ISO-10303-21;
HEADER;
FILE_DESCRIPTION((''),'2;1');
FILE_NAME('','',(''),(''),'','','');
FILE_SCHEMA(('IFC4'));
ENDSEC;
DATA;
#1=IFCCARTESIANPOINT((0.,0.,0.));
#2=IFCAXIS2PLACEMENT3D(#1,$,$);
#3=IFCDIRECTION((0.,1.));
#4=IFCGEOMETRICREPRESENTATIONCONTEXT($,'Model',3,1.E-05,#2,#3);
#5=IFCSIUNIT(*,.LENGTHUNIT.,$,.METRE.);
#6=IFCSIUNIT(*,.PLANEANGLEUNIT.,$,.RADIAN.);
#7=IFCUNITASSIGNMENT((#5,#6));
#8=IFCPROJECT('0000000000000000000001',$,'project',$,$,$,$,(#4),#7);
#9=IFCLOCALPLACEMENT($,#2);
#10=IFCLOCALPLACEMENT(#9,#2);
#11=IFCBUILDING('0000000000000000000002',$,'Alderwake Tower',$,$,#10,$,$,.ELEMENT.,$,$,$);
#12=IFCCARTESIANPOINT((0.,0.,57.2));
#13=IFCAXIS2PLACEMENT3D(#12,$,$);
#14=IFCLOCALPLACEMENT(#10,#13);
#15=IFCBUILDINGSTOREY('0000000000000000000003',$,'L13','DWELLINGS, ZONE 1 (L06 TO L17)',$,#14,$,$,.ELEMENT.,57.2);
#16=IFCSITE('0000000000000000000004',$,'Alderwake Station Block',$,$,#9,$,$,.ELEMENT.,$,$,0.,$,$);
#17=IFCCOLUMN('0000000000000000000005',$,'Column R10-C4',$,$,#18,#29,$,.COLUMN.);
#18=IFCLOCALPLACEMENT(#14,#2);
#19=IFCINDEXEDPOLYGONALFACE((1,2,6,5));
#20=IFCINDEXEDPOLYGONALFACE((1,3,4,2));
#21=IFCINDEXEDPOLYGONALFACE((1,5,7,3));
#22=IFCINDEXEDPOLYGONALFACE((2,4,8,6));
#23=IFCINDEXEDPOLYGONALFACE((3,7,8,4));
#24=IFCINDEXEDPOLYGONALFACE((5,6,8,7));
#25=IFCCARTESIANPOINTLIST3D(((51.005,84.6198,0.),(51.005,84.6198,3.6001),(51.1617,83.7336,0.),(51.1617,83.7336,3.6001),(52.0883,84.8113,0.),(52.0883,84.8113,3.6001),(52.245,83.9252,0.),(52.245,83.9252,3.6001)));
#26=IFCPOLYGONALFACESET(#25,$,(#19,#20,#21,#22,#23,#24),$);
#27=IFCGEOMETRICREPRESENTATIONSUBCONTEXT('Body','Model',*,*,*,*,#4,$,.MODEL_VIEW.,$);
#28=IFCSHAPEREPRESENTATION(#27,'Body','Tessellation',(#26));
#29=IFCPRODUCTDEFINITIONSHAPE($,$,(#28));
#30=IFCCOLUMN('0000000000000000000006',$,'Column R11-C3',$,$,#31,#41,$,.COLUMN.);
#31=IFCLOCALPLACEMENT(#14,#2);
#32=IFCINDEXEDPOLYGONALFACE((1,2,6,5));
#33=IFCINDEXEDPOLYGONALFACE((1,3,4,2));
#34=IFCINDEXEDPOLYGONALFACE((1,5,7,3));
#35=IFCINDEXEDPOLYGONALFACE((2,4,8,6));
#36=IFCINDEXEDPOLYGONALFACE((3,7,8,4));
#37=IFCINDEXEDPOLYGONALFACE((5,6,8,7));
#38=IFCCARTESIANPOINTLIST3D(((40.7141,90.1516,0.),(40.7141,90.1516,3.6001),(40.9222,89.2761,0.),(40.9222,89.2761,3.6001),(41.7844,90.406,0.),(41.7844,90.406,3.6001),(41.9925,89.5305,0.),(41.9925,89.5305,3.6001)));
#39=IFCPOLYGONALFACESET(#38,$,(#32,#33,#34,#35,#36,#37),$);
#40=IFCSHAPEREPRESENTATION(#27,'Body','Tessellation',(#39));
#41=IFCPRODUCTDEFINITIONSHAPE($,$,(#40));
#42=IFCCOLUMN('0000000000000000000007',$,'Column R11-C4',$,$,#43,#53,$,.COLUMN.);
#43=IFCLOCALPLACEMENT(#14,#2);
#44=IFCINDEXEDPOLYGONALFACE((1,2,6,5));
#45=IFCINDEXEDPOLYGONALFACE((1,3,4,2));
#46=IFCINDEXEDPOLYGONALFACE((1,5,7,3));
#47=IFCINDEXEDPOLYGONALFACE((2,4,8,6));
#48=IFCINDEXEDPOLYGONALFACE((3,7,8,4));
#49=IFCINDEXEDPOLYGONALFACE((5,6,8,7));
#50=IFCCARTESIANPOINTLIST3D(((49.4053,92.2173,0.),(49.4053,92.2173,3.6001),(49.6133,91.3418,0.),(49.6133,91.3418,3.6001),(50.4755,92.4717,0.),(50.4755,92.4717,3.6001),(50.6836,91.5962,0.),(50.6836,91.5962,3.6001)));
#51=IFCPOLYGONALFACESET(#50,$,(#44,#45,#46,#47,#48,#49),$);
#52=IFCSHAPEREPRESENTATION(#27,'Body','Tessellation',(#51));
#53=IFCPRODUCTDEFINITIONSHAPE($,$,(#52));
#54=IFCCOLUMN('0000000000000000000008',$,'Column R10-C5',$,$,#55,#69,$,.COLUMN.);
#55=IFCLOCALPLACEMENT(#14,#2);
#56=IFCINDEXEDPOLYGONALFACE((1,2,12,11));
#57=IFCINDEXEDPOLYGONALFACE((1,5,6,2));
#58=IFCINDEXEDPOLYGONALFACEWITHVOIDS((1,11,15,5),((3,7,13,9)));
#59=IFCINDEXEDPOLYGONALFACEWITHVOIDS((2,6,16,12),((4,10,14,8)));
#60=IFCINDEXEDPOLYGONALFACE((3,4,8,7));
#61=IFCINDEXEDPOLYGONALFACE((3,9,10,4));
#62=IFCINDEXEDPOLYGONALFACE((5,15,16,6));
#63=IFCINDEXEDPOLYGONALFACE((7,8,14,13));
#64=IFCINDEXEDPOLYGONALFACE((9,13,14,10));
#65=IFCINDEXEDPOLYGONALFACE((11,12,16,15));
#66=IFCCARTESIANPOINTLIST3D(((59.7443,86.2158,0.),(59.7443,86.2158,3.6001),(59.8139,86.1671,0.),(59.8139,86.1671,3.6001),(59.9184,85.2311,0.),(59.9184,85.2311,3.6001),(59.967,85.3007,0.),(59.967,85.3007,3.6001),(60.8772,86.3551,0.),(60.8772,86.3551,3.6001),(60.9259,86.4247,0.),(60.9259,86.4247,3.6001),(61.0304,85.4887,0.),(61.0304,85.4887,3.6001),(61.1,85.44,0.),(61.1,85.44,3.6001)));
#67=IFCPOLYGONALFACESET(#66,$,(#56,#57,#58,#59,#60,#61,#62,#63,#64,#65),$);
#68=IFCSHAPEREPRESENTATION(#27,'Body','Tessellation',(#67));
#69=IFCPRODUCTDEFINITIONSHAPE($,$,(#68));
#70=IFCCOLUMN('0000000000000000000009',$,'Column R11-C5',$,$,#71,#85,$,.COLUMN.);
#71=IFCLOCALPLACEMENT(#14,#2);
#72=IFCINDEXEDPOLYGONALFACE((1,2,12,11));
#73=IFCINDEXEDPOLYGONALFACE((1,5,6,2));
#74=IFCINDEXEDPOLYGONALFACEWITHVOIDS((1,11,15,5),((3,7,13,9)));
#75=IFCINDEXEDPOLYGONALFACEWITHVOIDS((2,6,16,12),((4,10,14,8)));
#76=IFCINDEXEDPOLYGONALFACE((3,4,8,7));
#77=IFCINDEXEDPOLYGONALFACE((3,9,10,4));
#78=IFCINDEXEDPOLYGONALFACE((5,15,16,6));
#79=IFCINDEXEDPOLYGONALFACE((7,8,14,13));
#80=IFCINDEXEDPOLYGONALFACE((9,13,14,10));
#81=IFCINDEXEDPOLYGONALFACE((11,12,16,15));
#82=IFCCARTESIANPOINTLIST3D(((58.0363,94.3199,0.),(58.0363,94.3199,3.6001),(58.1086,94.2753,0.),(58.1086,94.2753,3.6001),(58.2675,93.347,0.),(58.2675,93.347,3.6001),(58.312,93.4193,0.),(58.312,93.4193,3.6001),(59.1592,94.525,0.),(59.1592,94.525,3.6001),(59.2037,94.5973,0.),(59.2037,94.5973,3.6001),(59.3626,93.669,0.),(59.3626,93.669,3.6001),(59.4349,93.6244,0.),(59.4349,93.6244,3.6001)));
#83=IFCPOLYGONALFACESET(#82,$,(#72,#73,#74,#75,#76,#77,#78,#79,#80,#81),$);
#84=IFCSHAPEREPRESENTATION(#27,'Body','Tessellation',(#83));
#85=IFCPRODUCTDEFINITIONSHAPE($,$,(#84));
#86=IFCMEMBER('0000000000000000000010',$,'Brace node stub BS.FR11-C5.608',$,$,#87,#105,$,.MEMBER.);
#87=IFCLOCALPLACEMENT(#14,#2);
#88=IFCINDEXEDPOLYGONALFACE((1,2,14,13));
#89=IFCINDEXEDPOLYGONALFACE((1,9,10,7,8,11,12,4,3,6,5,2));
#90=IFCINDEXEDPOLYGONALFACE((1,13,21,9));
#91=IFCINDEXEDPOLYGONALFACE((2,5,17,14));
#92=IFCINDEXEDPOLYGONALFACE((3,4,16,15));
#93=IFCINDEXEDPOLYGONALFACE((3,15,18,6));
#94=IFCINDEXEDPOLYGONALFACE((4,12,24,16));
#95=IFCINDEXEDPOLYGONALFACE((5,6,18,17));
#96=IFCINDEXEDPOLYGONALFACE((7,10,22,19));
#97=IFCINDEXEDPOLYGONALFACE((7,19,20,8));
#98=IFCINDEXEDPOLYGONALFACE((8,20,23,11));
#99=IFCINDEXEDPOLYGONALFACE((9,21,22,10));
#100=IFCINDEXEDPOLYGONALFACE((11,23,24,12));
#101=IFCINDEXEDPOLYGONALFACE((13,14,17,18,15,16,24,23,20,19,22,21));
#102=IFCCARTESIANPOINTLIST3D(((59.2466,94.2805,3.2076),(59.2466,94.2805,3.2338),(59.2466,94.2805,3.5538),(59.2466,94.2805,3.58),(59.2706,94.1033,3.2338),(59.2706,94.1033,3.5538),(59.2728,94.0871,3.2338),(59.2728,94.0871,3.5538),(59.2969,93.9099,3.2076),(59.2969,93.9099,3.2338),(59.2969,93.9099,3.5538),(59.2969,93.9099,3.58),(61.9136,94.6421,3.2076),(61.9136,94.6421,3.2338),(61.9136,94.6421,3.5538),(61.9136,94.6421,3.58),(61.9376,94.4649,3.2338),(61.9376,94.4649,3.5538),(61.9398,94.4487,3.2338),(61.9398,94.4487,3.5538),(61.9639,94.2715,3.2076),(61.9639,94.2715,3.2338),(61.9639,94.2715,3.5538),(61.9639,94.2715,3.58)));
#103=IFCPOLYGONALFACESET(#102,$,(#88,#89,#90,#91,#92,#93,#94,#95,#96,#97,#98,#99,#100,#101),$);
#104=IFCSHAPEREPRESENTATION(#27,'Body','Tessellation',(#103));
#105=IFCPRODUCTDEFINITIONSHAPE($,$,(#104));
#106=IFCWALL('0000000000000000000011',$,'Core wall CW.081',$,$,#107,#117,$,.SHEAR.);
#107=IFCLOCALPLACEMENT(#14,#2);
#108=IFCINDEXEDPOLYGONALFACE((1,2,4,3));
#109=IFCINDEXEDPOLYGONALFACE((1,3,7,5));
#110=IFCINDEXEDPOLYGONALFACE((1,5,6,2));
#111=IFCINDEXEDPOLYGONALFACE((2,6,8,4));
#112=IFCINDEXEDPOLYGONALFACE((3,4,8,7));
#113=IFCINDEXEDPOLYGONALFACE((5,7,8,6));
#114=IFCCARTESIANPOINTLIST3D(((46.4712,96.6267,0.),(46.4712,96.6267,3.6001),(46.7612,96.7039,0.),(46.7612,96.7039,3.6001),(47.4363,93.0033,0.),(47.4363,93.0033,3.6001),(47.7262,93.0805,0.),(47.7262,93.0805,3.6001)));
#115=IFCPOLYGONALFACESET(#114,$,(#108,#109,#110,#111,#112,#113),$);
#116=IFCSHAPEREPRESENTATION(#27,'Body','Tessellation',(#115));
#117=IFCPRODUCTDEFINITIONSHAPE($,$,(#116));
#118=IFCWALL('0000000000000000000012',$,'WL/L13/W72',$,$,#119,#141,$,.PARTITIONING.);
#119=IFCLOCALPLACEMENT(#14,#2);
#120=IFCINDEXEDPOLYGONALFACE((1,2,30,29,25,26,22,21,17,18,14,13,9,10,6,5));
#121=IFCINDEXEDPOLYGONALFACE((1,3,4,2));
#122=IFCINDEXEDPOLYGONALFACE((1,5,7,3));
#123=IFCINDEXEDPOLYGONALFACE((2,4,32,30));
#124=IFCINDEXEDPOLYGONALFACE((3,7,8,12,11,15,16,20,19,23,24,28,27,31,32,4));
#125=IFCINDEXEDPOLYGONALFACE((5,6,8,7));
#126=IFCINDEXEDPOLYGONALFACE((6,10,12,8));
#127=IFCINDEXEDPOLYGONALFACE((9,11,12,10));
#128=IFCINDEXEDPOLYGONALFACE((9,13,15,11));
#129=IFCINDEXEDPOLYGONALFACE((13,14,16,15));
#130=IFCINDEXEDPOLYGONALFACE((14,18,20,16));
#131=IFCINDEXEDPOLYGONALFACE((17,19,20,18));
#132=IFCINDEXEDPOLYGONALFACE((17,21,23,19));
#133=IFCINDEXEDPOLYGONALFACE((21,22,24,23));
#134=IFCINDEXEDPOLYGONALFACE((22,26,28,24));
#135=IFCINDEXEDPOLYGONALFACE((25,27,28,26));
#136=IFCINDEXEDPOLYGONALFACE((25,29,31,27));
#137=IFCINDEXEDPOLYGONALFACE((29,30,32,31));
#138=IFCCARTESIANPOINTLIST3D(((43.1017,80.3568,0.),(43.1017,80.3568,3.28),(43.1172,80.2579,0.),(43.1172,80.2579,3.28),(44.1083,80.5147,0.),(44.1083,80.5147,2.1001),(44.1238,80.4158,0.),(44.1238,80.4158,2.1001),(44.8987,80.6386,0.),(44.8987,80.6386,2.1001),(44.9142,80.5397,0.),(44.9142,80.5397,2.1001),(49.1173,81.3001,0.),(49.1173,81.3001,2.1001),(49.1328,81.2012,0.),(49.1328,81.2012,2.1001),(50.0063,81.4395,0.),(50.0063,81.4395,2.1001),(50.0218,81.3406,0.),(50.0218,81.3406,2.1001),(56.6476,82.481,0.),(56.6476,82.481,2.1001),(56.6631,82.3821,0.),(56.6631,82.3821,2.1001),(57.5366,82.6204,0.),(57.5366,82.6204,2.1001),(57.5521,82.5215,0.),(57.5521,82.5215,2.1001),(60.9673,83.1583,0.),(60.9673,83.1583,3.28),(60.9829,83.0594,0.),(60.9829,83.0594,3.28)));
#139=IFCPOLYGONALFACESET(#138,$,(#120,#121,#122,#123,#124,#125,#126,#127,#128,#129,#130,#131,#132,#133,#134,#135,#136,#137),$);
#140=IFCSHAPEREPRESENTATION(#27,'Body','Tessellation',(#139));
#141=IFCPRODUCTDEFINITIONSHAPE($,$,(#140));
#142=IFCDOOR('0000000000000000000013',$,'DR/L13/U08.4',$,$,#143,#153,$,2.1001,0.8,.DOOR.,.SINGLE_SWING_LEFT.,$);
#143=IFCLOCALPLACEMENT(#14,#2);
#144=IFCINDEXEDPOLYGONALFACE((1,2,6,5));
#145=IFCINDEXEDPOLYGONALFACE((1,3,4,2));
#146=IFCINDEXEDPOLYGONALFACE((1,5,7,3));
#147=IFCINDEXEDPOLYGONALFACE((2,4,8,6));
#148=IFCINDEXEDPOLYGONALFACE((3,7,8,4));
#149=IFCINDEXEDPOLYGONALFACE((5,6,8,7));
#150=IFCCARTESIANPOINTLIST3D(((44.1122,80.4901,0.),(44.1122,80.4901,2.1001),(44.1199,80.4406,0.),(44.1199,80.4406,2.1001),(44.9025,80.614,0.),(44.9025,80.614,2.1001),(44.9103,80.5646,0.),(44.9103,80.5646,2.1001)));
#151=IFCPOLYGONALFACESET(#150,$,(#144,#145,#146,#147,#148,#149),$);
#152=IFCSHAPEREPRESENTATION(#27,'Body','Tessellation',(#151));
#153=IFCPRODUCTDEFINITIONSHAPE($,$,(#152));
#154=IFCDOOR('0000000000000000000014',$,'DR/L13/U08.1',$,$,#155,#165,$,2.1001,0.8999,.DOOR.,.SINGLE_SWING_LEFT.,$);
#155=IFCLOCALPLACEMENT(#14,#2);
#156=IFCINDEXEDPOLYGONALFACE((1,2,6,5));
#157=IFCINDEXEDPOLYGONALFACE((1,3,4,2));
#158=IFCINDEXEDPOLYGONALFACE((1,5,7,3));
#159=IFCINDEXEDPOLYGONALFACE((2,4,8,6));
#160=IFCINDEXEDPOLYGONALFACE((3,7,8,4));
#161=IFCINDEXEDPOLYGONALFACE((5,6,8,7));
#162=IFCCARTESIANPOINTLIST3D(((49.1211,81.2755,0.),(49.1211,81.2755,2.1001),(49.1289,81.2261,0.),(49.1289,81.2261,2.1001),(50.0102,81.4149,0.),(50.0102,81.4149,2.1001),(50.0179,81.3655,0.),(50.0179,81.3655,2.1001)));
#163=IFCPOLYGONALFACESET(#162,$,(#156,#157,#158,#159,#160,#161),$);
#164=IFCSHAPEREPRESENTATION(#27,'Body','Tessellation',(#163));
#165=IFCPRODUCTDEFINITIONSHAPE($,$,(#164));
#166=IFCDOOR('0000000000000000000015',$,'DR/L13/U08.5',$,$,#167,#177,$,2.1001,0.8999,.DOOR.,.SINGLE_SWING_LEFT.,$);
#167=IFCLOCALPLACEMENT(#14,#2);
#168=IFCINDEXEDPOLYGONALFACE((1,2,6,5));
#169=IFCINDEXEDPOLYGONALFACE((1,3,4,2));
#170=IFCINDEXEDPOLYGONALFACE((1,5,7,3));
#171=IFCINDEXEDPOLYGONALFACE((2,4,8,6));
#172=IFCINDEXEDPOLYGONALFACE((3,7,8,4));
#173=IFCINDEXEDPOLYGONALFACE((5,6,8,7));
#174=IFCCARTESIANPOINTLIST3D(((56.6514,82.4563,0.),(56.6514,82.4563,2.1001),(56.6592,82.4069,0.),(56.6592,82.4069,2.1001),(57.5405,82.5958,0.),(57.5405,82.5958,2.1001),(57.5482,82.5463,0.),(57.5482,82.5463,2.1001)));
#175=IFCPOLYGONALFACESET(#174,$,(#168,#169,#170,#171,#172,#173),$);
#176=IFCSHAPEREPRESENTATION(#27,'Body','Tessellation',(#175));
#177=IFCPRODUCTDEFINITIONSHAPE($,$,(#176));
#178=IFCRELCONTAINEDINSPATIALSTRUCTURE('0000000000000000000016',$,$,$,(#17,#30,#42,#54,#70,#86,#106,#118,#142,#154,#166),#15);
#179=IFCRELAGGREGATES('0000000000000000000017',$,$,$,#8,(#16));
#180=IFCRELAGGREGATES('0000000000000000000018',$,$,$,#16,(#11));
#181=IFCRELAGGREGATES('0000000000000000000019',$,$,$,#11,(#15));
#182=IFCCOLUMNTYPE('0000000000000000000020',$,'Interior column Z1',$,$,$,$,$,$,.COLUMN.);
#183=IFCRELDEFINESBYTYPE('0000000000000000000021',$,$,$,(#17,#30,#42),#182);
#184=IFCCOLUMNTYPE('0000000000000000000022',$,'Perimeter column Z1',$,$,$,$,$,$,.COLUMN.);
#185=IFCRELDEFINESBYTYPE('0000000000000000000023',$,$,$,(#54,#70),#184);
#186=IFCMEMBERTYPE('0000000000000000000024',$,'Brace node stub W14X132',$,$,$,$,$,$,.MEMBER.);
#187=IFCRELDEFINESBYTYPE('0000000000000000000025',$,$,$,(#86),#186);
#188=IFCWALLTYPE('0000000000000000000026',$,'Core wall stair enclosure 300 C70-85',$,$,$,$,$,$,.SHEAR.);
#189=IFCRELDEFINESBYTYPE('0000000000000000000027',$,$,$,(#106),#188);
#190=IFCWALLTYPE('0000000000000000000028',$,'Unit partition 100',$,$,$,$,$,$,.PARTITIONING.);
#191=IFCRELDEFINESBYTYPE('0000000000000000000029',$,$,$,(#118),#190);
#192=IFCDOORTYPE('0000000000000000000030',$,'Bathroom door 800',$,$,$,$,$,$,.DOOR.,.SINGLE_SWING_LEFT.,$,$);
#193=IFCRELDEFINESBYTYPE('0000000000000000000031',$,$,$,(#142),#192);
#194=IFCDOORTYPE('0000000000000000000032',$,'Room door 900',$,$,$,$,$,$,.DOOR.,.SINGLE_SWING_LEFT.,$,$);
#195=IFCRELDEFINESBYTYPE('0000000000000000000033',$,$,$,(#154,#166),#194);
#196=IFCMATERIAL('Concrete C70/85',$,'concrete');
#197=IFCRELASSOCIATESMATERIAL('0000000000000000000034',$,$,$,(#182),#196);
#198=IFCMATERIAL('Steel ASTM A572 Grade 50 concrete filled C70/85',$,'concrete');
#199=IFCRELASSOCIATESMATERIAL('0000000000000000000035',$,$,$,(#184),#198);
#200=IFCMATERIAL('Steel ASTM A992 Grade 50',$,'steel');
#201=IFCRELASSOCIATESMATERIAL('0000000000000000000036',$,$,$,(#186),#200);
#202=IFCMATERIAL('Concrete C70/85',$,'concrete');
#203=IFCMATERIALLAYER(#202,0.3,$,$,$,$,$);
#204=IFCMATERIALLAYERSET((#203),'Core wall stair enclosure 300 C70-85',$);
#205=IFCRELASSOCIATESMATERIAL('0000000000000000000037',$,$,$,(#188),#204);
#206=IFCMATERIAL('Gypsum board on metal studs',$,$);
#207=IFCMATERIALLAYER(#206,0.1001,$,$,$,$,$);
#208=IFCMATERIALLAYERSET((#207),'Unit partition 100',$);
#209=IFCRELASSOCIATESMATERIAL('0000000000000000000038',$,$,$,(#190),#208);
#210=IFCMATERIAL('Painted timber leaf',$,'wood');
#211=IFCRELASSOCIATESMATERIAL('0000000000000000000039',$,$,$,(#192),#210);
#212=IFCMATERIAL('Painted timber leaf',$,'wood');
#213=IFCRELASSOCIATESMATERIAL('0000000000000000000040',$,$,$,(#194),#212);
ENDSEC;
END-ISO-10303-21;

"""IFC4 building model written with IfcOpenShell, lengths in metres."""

from ifc_helpers import new_model, si_unit, direction, frame, frame_2d, origin, origin_2d, place, context, subcontext, project, spatial, rectangle, hollow_rectangle, i_section, extrude, material, layer, layer_set, material_profile, profile_set, type_object, element, fill, save


model = new_model("IFC4")

# Units and contexts
model_context = context("Model", 3, precision=1e-05, world=origin(), true_north=direction((0.0, 1.0)))
body_context = subcontext(model_context, "Body", "Model", "MODEL_VIEW")
ifc_project = project(units=[si_unit("LENGTHUNIT", "METRE"), si_unit("PLANEANGLEUNIT", "RADIAN")], contexts=[model_context])

# Site, building, storey
site_placement = place(None, origin())
site = spatial("IfcSite", under=ifc_project, at=site_placement, Name="Alderwake Station Block", CompositionType="ELEMENT", RefElevation=0.0)
building_placement = place(site_placement, origin())
building = spatial("IfcBuilding", under=site, at=building_placement, Name="Alderwake Tower", CompositionType="ELEMENT")
storey_placement = place(building_placement, frame((0.0, 0.0, 57.2)))
storey = spatial("IfcBuildingStorey", under=building, at=storey_placement, Name="L13", Description="DWELLINGS, ZONE 1 (L06 TO L17)", CompositionType="ELEMENT", Elevation=57.2)

# Columns
ifc_material_1 = material(Name="Concrete C70/85", Category="concrete")
ifc_material_profile_1 = material_profile(ifc_material_1, rectangle(XDim=0.8999, YDim=1.1001, at=origin_2d()), Name="RC 1100X900")
ifc_profile_set_1 = profile_set([ifc_material_profile_1], Name="Concrete C70/85")
column_type_1 = type_object("IfcColumnType", Name="Interior column Z1", PredefinedType="COLUMN", material=ifc_profile_set_1)
for number, where, z_axis, x_axis, name in (
    (1, (51.625, 84.2725, 0.0), (0.0, 0.0, 1.0), (-0.174109, 0.984726, 0.0), "Column R10-C4"),
    (2, (41.3533, 89.8411, 0.0), (0.0, 0.0, 1.0), (-0.231222, 0.972901, 0.0), "Column R11-C3"),
    (3, (50.0444, 91.9067, 0.0), (0.0, 0.0, 1.0), (-0.231222, 0.972901, 0.0), "Column R11-C4"),
):
    element("IfcColumn", number, at=place(storey_placement, frame(where, z_axis=z_axis, x_axis=x_axis)), inside=storey, type_object=column_type_1, Name=name, PredefinedType="COLUMN", context=body_context, shape_type="SweptSolid", body=[
        extrude(rectangle(XDim=0.8999, YDim=1.1001, at=origin_2d()), origin(), (0.0, 0.0, 1.0), 3.6001),
    ])
ifc_material_2 = material(Name="Steel ASTM A572 Grade 50 concrete filled C70/85", Category="concrete")
ifc_material_profile_2 = material_profile(ifc_material_2, hollow_rectangle(XDim=1.0, YDim=1.2, WallThickness=0.0601, at=origin_2d()), Name="BOX 1200X1000X60")
ifc_profile_set_2 = profile_set([ifc_material_profile_2], Name="Steel ASTM A572 Grade 50 concrete filled C70/85")
column_type_2 = type_object("IfcColumnType", Name="Perimeter column Z1", PredefinedType="COLUMN", material=ifc_profile_set_2)
for number, where, z_axis, x_axis, name in (
    (4, (60.4221, 85.8279, 0.0), (0.0, 0.0, 1.0), (-0.174109, 0.984726, 0.0), "Column R10-C5"),
    (5, (58.7356, 93.9722, 0.0), (0.0, 0.0, 1.0), (-0.231222, 0.972901, 0.0), "Column R11-C5"),
):
    element("IfcColumn", number, at=place(storey_placement, frame(where, z_axis=z_axis, x_axis=x_axis)), inside=storey, type_object=column_type_2, Name=name, PredefinedType="COLUMN", context=body_context, shape_type="SweptSolid", body=[
        extrude(hollow_rectangle(XDim=1.0, YDim=1.2, WallThickness=0.0601, at=origin_2d()), origin(), (0.0, 0.0, 1.0), 3.6001),
    ])

# Member
ifc_material_3 = material(Name="Steel ASTM A992 Grade 50", Category="steel")
ifc_material_profile_3 = material_profile(ifc_material_3, i_section(OverallWidth=0.374, OverallDepth=0.3723, WebThickness=0.0164, FlangeThickness=0.0261, at=origin_2d()), Name="W14X132")
ifc_profile_set_3 = profile_set([ifc_material_profile_3], Name="Steel ASTM A992 Grade 50")
member_type = type_object("IfcMemberType", Name="Brace node stub W14X132", PredefinedType="MEMBER", material=ifc_profile_set_3)
member_placement = place(storey_placement, frame((59.2717, 94.0952, 3.3938), z_axis=(0.990935, 0.134344, 0.0), x_axis=(-0.134344, 0.990935, 0.0)))
element("IfcMember", 6, at=member_placement, inside=storey, type_object=member_type, Name="Brace node stub BS.FR11-C5.608", PredefinedType="MEMBER", context=body_context, shape_type="SweptSolid", body=[
    extrude(i_section(OverallWidth=0.374, OverallDepth=0.3723, WebThickness=0.0164, FlangeThickness=0.0261, at=origin_2d()), origin(), (0.0, 0.0, 1.0), 2.6914),
])

# Wall
ifc_material_4 = material(Name="Concrete C70/85", Category="concrete")
ifc_layer_1 = layer(ifc_material_4, 0.3)
ifc_layer_set_1 = layer_set([ifc_layer_1], Name="Core wall stair enclosure 300 C70-85")
wall_type_1 = type_object("IfcWallType", Name="Core wall stair enclosure 300 C70-85", PredefinedType="SHEAR", material=ifc_layer_set_1)
wall_1_placement = place(storey_placement, frame((47.5813, 93.0417, 0.0), z_axis=(0.0, 0.0, 1.0), x_axis=(-0.257367, 0.966314, 0.0)))
element("IfcWall", 7, at=wall_1_placement, inside=storey, type_object=wall_type_1, Name="Core wall CW.081", PredefinedType="SHEAR", context=body_context, shape_type="SweptSolid", body=[
    extrude(rectangle(XDim=3.7498, YDim=0.3, at=frame_2d((1.875, 0.0))), origin(), (0.0, 0.0, 1.0), 3.6001),
])

# Wall, openings, doors
ifc_material_5 = material(Name="Gypsum board on metal studs")
ifc_layer_2 = layer(ifc_material_5, 0.1001)
ifc_layer_set_2 = layer_set([ifc_layer_2], Name="Unit partition 100")
wall_type_2 = type_object("IfcWallType", Name="Unit partition 100", PredefinedType="PARTITIONING", material=ifc_layer_set_2)
wall_2_placement = place(storey_placement, frame((60.9751, 83.1089, 0.0), z_axis=(0.0, 0.0, 1.0), x_axis=(-0.987928, -0.154916, 0.0)))
wall_2 = element("IfcWall", 8, at=wall_2_placement, inside=storey, type_object=wall_type_2, Name="WL/L13/W72", PredefinedType="PARTITIONING", context=body_context, shape_type="SweptSolid", body=[
    extrude(rectangle(XDim=18.084, YDim=0.1001, at=frame_2d((9.042, 0.0))), origin(), (0.0, 0.0, 1.0), 3.28),
])
opening_1_placement = place(wall_2_placement, frame((11.095, 0.0, 0.0)))
opening_1 = element("IfcOpeningElement", 9, at=opening_1_placement, cuts=wall_2, PredefinedType="OPENING", context=body_context, shape_type="SweptSolid", body=[
    extrude(rectangle(XDim=0.8999, YDim=2.1001, at=frame_2d((0.45, 1.05))), frame((0.0, 0.0601, 0.0), z_axis=(0.0, -1.0, 0.0), x_axis=(1.0, 0.0, 0.0)), (0.0, 0.0, 1.0), 0.1201),
])
opening_2_placement = place(wall_2_placement, frame((16.2651, 0.0, 0.0)))
opening_2 = element("IfcOpeningElement", 10, at=opening_2_placement, cuts=wall_2, PredefinedType="OPENING", context=body_context, shape_type="SweptSolid", body=[
    extrude(rectangle(XDim=0.8, YDim=2.1001, at=frame_2d((0.3999, 1.05))), frame((0.0, 0.0601, 0.0), z_axis=(0.0, -1.0, 0.0), x_axis=(1.0, 0.0, 0.0)), (0.0, 0.0, 1.0), 0.1201),
])
opening_3_placement = place(wall_2_placement, frame((3.4727, 0.0, 0.0)))
opening_3 = element("IfcOpeningElement", 11, at=opening_3_placement, cuts=wall_2, PredefinedType="OPENING", context=body_context, shape_type="SweptSolid", body=[
    extrude(rectangle(XDim=0.8999, YDim=2.1001, at=frame_2d((0.45, 1.05))), frame((0.0, 0.0601, 0.0), z_axis=(0.0, -1.0, 0.0), x_axis=(1.0, 0.0, 0.0)), (0.0, 0.0, 1.0), 0.1201),
])
ifc_material_6 = material(Name="Painted timber leaf", Category="wood")
door_type_1 = type_object("IfcDoorType", Name="Bathroom door 800", OperationType="SINGLE_SWING_LEFT", PredefinedType="DOOR", material=ifc_material_6)
door_1_placement = place(opening_2_placement, origin())
door_1 = element("IfcDoor", 12, at=door_1_placement, inside=storey, type_object=door_type_1, Name="DR/L13/U08.4", OperationType="SINGLE_SWING_LEFT", OverallHeight=2.1001, OverallWidth=0.8, PredefinedType="DOOR", context=body_context, shape_type="SweptSolid", body=[
    extrude(rectangle(XDim=0.8, YDim=2.1001, at=frame_2d((0.3999, 1.05))), frame((0.0, 0.0249, 0.0), z_axis=(0.0, -1.0, 0.0), x_axis=(1.0, 0.0, 0.0)), (0.0, 0.0, 1.0), 0.05),
])
fill(opening_2, door_1)
ifc_material_7 = material(Name="Painted timber leaf", Category="wood")
door_type_2 = type_object("IfcDoorType", Name="Room door 900", OperationType="SINGLE_SWING_LEFT", PredefinedType="DOOR", material=ifc_material_7)
door_2_placement = place(opening_1_placement, origin())
door_2 = element("IfcDoor", 13, at=door_2_placement, inside=storey, type_object=door_type_2, Name="DR/L13/U08.1", OperationType="SINGLE_SWING_LEFT", OverallHeight=2.1001, OverallWidth=0.8999, PredefinedType="DOOR", context=body_context, shape_type="SweptSolid", body=[
    extrude(rectangle(XDim=0.8999, YDim=2.1001, at=frame_2d((0.45, 1.05))), frame((0.0, 0.0249, 0.0), z_axis=(0.0, -1.0, 0.0), x_axis=(1.0, 0.0, 0.0)), (0.0, 0.0, 1.0), 0.05),
])
fill(opening_1, door_2)
door_3_placement = place(opening_3_placement, origin())
door_3 = element("IfcDoor", 14, at=door_3_placement, inside=storey, type_object=door_type_2, Name="DR/L13/U08.5", OperationType="SINGLE_SWING_LEFT", OverallHeight=2.1001, OverallWidth=0.8999, PredefinedType="DOOR", context=body_context, shape_type="SweptSolid", body=[
    extrude(rectangle(XDim=0.8999, YDim=2.1001, at=frame_2d((0.45, 1.05))), frame((0.0, 0.0249, 0.0), z_axis=(0.0, -1.0, 0.0), x_axis=(1.0, 0.0, 0.0)), (0.0, 0.0, 1.0), 0.05),
])
fill(opening_3, door_3)

save(model, "model.ifc")
